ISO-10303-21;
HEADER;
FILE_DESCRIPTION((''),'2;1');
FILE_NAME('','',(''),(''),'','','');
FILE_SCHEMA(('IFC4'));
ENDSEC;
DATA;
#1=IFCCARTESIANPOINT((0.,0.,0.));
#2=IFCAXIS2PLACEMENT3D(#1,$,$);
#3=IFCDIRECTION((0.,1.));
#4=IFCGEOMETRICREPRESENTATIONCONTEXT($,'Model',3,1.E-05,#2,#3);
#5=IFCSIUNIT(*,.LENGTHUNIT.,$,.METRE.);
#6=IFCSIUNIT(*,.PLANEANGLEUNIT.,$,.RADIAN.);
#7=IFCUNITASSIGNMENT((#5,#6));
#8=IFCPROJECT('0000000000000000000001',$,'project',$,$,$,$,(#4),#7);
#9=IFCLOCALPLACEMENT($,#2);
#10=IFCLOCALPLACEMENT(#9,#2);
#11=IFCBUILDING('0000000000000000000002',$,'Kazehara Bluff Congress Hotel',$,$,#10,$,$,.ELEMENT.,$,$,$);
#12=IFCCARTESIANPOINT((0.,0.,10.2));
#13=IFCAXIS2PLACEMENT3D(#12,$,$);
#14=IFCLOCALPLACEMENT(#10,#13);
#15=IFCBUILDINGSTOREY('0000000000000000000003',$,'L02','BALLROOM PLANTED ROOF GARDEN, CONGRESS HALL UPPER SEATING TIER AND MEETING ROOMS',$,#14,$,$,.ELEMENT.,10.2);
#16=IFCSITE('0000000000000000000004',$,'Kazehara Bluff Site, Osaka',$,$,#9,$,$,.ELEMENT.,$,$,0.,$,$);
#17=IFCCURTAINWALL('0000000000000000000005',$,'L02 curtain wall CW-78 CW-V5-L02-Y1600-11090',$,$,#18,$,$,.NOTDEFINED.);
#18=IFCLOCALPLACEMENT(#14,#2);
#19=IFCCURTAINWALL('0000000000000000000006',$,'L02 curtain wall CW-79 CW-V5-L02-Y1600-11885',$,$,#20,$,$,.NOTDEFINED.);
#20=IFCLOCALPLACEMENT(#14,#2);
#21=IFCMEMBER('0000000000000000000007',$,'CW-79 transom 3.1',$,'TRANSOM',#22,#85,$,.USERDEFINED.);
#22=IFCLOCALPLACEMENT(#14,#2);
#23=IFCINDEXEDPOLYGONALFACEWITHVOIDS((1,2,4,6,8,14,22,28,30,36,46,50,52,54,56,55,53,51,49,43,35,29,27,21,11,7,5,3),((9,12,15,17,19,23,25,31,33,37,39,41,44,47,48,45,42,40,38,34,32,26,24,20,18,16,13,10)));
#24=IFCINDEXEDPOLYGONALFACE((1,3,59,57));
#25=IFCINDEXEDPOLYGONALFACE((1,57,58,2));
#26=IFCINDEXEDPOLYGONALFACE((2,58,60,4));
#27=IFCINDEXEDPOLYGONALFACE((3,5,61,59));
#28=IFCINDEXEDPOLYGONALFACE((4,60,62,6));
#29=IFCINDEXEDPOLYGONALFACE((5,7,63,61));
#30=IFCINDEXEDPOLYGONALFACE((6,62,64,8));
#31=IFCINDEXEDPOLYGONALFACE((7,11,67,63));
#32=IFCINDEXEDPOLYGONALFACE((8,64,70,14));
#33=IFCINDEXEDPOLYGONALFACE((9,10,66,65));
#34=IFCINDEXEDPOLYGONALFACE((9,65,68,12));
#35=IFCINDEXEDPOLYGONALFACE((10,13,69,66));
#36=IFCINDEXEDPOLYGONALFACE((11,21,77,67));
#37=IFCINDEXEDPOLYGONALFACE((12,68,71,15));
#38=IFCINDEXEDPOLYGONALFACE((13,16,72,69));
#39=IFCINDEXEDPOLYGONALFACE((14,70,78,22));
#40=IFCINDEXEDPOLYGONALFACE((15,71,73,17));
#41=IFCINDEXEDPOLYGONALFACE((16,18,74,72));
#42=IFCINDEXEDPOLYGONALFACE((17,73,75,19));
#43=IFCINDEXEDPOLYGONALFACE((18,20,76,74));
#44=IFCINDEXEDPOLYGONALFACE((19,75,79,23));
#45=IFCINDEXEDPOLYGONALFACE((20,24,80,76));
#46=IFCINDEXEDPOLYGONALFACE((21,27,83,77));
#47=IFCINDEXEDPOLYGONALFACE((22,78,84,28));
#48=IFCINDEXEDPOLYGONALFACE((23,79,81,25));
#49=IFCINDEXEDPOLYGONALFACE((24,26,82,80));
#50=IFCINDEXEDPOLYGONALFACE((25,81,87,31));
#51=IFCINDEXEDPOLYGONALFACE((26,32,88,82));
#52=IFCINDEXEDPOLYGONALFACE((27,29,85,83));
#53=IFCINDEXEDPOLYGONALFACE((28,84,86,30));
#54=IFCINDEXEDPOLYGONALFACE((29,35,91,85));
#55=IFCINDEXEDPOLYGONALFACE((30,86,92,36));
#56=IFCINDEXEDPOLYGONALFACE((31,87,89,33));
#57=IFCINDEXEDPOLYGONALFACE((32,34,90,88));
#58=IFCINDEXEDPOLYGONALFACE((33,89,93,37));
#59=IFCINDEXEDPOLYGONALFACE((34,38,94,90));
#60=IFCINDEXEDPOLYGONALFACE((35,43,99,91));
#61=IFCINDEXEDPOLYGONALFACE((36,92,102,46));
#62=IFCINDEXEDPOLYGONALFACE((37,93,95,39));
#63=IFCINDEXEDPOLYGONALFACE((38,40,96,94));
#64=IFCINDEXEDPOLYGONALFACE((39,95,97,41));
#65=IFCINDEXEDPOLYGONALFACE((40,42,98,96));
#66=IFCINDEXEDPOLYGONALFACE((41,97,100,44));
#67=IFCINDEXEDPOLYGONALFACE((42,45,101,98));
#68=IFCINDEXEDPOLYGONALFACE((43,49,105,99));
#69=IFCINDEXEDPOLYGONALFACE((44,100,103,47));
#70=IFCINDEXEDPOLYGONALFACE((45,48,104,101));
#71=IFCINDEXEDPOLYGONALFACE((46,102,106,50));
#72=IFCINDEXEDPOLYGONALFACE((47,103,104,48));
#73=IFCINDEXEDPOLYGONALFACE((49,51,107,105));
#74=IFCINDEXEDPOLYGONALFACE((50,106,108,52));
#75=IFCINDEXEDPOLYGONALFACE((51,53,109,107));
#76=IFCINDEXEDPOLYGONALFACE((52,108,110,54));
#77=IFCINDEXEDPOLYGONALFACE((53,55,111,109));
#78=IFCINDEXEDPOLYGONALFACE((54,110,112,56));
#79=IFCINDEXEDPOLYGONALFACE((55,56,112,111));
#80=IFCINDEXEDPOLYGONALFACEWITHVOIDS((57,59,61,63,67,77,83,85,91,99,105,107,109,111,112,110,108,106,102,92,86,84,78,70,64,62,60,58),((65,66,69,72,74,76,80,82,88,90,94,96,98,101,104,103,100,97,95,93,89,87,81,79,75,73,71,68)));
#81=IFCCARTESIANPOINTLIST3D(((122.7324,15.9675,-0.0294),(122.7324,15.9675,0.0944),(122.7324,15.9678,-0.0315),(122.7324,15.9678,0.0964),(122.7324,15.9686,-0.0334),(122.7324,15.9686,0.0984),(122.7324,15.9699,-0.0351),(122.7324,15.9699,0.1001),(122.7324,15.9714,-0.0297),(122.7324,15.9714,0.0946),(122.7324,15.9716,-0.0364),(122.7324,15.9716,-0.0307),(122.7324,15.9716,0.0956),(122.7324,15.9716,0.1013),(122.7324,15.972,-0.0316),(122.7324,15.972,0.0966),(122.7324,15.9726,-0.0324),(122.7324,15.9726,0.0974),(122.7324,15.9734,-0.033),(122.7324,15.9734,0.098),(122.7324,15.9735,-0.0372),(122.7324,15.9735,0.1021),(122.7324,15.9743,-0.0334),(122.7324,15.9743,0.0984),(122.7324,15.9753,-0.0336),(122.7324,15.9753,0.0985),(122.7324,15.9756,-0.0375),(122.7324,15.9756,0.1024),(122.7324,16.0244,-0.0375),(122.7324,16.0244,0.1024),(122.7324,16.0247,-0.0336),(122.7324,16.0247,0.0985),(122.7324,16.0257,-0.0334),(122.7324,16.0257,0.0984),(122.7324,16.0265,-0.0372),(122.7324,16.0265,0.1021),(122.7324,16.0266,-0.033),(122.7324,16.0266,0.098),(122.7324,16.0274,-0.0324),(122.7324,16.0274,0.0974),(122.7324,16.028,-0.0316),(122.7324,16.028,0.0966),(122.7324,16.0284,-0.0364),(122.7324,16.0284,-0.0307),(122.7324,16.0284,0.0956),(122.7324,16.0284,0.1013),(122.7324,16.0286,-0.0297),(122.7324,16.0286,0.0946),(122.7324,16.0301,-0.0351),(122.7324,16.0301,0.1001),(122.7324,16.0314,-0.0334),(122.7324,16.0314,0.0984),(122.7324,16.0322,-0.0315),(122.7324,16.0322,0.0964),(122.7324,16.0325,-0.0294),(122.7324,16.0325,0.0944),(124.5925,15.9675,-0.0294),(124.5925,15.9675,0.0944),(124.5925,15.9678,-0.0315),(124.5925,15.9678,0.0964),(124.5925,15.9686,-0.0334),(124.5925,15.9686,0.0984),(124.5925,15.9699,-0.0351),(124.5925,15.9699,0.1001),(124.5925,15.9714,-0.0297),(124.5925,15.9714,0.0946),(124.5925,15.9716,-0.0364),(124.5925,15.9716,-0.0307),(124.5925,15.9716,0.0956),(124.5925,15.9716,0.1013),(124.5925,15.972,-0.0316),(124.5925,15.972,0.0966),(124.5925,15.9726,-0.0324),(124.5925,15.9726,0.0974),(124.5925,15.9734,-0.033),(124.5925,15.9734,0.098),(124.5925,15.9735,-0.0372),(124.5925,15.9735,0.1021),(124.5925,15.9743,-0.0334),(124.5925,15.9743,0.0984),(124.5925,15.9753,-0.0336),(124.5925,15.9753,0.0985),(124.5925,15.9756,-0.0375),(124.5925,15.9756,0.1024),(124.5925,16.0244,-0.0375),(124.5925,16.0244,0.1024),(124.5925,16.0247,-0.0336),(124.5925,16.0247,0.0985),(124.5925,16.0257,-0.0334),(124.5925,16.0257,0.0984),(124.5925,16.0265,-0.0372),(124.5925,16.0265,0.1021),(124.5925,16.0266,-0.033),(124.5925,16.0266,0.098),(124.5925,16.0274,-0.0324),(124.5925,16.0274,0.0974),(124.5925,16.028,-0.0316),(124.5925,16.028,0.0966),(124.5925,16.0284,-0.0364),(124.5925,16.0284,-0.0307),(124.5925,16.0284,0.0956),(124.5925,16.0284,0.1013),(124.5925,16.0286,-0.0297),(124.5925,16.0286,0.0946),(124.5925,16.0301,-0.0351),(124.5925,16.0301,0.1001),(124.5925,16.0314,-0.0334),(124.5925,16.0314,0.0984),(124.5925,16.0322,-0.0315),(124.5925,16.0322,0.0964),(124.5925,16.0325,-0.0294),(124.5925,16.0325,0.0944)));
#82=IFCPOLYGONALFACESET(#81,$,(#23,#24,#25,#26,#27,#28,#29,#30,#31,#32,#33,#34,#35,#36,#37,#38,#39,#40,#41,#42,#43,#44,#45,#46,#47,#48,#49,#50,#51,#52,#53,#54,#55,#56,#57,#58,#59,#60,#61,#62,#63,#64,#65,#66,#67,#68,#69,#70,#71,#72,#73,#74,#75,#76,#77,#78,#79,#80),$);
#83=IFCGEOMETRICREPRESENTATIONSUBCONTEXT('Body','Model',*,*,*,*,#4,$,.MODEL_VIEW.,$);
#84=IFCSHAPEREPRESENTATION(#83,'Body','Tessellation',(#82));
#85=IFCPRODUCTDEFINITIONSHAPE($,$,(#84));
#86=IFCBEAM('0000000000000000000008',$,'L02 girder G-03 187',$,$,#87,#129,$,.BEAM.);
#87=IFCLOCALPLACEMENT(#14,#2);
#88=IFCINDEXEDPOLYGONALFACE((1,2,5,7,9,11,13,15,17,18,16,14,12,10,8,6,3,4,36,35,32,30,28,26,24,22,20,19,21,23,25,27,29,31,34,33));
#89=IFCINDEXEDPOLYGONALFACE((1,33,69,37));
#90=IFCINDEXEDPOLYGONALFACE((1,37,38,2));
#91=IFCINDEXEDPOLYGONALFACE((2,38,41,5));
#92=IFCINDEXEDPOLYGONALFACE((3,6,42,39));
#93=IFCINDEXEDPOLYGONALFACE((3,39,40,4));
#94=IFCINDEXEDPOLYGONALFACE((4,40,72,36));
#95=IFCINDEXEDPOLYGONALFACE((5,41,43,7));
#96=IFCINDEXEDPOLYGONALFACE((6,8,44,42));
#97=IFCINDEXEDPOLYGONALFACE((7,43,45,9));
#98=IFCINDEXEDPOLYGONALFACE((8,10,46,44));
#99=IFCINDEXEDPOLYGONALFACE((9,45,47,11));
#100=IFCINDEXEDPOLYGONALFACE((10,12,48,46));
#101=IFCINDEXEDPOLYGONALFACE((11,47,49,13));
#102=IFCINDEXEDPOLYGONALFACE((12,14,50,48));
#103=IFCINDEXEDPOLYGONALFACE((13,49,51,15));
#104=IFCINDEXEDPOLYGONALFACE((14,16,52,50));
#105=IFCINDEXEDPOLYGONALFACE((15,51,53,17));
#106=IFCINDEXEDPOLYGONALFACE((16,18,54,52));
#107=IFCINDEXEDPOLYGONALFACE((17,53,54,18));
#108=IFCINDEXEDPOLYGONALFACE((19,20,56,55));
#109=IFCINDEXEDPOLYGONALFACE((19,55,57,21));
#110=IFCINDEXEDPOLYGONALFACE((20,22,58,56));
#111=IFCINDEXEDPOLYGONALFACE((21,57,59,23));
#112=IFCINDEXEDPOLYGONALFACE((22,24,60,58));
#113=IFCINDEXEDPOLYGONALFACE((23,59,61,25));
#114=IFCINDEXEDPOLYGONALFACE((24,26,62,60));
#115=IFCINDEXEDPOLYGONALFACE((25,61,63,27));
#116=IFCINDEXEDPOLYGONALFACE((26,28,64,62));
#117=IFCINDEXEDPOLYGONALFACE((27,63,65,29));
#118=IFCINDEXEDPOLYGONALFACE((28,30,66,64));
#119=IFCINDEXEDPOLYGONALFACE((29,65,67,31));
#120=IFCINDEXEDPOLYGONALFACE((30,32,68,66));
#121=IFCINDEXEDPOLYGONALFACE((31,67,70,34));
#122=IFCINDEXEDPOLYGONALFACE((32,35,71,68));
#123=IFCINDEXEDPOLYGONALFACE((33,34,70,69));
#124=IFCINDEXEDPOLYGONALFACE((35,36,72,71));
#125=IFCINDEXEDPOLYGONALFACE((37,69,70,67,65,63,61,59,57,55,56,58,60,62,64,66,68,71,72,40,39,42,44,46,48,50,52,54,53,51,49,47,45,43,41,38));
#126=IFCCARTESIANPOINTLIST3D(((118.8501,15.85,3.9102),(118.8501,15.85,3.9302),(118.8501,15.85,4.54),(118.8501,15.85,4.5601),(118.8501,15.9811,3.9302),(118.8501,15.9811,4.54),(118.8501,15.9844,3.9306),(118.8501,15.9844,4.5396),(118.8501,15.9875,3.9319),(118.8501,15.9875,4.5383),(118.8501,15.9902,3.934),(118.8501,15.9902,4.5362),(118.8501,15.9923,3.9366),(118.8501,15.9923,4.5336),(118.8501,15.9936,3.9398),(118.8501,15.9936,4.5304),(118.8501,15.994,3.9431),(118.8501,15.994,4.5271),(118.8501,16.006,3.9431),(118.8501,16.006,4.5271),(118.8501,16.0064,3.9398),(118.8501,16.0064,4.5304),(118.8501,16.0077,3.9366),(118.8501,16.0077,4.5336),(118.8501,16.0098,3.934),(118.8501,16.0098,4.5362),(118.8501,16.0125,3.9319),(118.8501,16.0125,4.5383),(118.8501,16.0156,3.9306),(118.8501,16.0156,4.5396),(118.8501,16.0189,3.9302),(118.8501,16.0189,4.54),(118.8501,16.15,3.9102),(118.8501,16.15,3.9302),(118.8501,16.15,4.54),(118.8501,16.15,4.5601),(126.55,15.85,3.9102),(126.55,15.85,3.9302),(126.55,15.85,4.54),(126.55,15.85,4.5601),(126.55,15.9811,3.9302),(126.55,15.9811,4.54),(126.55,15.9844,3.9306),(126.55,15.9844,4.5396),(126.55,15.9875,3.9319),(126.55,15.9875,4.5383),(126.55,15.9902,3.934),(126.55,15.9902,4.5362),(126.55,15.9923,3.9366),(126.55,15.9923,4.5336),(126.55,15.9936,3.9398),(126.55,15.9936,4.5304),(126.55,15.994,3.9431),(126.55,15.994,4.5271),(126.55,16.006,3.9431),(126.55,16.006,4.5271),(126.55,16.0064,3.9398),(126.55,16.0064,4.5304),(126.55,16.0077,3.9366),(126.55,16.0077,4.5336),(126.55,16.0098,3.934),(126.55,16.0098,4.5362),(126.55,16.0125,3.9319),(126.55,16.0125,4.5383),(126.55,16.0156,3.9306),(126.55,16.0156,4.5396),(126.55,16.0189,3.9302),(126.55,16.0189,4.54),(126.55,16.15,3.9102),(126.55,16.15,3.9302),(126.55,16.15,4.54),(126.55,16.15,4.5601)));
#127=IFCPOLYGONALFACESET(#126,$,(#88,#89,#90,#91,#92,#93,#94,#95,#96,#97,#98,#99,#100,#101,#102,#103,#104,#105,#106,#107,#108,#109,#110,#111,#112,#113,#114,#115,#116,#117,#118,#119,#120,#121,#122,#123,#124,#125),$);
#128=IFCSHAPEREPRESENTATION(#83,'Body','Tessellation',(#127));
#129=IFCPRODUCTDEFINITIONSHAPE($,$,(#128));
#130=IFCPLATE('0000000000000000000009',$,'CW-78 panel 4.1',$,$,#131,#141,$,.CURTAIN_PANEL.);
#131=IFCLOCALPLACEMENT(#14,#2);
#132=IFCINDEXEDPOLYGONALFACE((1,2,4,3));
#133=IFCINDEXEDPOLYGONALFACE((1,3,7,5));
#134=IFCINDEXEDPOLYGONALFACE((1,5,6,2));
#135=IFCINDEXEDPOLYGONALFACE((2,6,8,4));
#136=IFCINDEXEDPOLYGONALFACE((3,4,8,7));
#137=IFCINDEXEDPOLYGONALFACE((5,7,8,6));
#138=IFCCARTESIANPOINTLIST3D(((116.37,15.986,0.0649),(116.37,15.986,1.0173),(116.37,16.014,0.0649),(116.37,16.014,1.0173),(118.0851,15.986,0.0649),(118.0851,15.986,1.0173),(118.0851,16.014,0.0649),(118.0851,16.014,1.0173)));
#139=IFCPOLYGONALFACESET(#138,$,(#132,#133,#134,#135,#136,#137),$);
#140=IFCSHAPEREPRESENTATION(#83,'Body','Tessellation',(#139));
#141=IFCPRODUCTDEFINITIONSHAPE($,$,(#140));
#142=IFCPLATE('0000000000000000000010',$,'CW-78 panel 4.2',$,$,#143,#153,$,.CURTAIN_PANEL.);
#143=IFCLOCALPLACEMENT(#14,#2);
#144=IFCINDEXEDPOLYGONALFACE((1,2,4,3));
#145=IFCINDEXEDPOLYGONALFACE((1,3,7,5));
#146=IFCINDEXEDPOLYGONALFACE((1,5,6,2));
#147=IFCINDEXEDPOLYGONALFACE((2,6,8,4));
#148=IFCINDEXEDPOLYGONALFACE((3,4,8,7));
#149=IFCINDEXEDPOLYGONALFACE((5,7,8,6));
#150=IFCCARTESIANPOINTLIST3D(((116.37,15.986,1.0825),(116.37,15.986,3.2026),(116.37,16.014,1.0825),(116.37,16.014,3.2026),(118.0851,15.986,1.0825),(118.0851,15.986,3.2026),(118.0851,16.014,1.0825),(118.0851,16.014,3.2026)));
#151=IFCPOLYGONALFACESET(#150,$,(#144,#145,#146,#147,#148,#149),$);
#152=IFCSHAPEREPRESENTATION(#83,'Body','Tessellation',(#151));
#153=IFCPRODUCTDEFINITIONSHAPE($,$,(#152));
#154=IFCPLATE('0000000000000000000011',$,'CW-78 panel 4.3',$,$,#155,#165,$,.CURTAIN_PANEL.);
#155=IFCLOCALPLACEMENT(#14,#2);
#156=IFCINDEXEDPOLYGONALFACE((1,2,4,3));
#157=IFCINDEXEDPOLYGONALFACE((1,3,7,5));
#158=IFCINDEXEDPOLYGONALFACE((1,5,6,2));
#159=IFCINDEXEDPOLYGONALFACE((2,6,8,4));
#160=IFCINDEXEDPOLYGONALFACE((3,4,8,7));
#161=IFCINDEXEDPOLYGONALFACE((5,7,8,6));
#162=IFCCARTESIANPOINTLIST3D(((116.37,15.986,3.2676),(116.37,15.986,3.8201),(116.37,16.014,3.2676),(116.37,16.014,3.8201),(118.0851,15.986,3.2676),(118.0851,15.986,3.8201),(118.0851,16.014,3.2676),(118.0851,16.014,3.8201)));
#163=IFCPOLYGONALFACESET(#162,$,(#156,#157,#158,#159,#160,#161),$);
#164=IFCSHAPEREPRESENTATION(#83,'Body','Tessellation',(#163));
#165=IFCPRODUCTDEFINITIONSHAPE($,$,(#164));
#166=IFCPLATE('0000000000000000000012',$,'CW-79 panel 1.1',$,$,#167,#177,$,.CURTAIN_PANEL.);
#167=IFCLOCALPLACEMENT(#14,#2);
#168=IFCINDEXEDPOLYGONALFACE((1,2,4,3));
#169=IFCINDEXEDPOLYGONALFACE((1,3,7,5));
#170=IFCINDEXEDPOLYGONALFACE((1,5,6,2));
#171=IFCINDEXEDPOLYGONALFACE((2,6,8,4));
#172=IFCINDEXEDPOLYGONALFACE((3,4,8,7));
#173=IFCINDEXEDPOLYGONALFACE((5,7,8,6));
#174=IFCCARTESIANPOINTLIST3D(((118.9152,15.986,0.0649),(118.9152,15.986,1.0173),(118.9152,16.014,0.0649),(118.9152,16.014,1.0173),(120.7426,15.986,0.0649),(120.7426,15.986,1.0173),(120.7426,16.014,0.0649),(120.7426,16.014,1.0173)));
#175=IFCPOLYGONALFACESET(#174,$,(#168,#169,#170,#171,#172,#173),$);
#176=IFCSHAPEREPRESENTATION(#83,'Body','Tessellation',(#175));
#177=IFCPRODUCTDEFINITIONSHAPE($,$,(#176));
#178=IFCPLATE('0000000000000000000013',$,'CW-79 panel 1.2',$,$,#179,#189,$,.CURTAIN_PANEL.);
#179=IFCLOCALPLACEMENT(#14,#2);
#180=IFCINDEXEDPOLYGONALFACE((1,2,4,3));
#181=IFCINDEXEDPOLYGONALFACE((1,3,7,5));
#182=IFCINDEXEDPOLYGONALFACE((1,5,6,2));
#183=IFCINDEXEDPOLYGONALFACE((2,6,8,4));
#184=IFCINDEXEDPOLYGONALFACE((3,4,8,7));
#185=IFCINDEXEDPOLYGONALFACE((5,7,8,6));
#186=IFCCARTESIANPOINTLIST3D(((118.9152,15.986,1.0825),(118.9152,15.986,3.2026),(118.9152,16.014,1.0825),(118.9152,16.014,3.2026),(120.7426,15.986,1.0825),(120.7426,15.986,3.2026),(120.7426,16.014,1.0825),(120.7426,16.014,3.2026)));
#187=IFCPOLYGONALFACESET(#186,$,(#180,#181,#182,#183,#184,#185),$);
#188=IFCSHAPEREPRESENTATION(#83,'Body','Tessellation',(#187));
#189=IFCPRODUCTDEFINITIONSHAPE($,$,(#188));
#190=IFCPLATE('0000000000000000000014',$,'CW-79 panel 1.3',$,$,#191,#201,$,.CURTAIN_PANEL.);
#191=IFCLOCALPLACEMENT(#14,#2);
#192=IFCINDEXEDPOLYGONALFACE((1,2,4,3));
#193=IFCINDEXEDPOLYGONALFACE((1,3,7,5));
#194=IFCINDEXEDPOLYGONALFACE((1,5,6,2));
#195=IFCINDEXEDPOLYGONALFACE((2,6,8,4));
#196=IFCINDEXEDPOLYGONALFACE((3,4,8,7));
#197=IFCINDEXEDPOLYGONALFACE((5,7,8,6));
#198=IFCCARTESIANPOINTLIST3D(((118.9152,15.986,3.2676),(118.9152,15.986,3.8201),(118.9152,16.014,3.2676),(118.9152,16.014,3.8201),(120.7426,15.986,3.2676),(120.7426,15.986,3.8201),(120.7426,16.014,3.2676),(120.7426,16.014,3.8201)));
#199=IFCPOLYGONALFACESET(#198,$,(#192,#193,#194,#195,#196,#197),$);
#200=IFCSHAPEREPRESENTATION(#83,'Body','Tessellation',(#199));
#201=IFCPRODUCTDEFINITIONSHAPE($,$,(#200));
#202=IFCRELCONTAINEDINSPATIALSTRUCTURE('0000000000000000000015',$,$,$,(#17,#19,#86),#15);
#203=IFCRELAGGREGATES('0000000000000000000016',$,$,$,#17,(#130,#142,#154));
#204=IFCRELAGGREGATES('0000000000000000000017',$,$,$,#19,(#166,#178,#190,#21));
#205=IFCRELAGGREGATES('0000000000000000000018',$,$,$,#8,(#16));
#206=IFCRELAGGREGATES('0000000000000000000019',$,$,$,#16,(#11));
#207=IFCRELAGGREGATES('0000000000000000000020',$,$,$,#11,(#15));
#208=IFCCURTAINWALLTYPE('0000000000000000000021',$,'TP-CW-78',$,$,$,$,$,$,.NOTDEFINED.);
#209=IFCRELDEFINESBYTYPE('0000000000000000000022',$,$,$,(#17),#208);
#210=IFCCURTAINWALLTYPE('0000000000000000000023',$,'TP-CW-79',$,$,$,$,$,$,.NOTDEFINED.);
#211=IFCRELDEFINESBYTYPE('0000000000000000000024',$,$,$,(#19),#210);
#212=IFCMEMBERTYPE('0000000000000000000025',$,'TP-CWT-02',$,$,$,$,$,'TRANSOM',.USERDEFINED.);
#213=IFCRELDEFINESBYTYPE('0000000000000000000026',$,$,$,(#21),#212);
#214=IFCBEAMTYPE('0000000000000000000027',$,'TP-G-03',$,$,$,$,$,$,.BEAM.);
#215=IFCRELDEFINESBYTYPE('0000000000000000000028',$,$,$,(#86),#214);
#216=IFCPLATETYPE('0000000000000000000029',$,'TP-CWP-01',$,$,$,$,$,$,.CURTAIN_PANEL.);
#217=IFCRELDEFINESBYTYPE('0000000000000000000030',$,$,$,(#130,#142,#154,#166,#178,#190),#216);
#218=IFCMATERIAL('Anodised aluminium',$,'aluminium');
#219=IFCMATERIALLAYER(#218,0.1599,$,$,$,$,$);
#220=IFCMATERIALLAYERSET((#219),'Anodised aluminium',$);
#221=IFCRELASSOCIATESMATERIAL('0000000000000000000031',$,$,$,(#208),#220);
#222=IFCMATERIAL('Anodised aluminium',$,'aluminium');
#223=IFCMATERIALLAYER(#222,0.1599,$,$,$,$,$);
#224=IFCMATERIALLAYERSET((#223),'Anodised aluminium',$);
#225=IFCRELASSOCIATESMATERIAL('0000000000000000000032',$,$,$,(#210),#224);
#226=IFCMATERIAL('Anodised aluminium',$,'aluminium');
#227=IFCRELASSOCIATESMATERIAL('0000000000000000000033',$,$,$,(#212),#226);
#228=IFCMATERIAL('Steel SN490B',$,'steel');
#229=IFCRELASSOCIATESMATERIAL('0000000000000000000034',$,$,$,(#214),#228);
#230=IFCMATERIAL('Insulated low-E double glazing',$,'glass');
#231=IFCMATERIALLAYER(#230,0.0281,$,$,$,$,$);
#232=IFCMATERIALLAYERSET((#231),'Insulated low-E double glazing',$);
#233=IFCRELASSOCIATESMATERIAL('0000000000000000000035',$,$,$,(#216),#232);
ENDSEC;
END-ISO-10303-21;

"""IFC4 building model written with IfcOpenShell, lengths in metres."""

from ifc_helpers import new_model, si_unit, direction, frame, origin, origin_2d, place, context, subcontext, project, spatial, rectangle, hollow_rectangle, i_section, extrude, material, layer, layer_set, material_profile, profile_set, type_object, element, aggregate, save


model = new_model("IFC4")

# Units and contexts
model_context = context("Model", 3, precision=1e-05, world=origin(), true_north=direction((0.0, 1.0)))
body_context = subcontext(model_context, "Body", "Model", "MODEL_VIEW")
ifc_project = project(units=[si_unit("LENGTHUNIT", "METRE"), si_unit("PLANEANGLEUNIT", "RADIAN")], contexts=[model_context])

# Site, building, storey
site_placement = place(None, origin())
site = spatial("IfcSite", under=ifc_project, at=site_placement, Name="Kazehara Bluff Site, Osaka", CompositionType="ELEMENT", RefElevation=0.0)
building_placement = place(site_placement, origin())
building = spatial("IfcBuilding", under=site, at=building_placement, Name="Kazehara Bluff Congress Hotel", CompositionType="ELEMENT")
storey_placement = place(building_placement, frame((0.0, 0.0, 10.2)))
storey = spatial("IfcBuildingStorey", under=building, at=storey_placement, Name="L02", Description="BALLROOM PLANTED ROOF GARDEN, CONGRESS HALL UPPER SEATING TIER AND MEETING ROOMS", CompositionType="ELEMENT", Elevation=10.2)

# Curtain wall
ifc_material_1 = material(Name="Anodised aluminium", Category="aluminium")
ifc_layer_1 = layer(ifc_material_1, 0.1599)
ifc_layer_set_1 = layer_set([ifc_layer_1], Name="Anodised aluminium")
curtain_wall_type_1 = type_object("IfcCurtainWallType", Name="TP-CW-78", PredefinedType="NOTDEFINED", material=ifc_layer_set_1)
curtain_wall_1_placement = place(storey_placement, origin())
curtain_wall_1 = element("IfcCurtainWall", 1, at=curtain_wall_1_placement, inside=storey, type_object=curtain_wall_type_1, Name="L02 curtain wall CW-78 CW-V5-L02-Y1600-11090", PredefinedType="NOTDEFINED")

# Curtain wall
ifc_material_2 = material(Name="Anodised aluminium", Category="aluminium")
ifc_layer_2 = layer(ifc_material_2, 0.1599)
ifc_layer_set_2 = layer_set([ifc_layer_2], Name="Anodised aluminium")
curtain_wall_type_2 = type_object("IfcCurtainWallType", Name="TP-CW-79", PredefinedType="NOTDEFINED", material=ifc_layer_set_2)
curtain_wall_2_placement = place(storey_placement, origin())
curtain_wall_2 = element("IfcCurtainWall", 2, at=curtain_wall_2_placement, inside=storey, type_object=curtain_wall_type_2, Name="L02 curtain wall CW-79 CW-V5-L02-Y1600-11885", PredefinedType="NOTDEFINED")

# Member
ifc_material_3 = material(Name="Anodised aluminium", Category="aluminium")
ifc_material_profile_1 = material_profile(ifc_material_3, hollow_rectangle(XDim=0.0649, YDim=0.1399, WallThickness=0.0039, InnerFilletRadius=0.0039, OuterFilletRadius=0.0081, at=origin_2d()))
ifc_profile_set_1 = profile_set([ifc_material_profile_1], Name="Anodised aluminium")
member_type_1 = type_object("IfcMemberType", Name="TP-CWT-02", ElementType="TRANSOM", PredefinedType="USERDEFINED", material=ifc_profile_set_1)
member_1_placement = place(storey_placement, frame((122.7324, 16.0, 0.0325), z_axis=(1.0, 0.0, 0.0), x_axis=(0.0, 1.0, 0.0)))
member_1 = element("IfcMember", 3, at=member_1_placement, type_object=member_type_1, Name="CW-79 transom 3.1", ObjectType="TRANSOM", PredefinedType="USERDEFINED", context=body_context, shape_type="SweptSolid", body=[
    extrude(hollow_rectangle(XDim=0.0649, YDim=0.1399, WallThickness=0.0039, InnerFilletRadius=0.0039, OuterFilletRadius=0.0081, at=origin_2d()), origin(), (0.0, 0.0, 1.0), 1.8601),
])

# Beam
ifc_material_4 = material(Name="Steel SN490B", Category="steel")
ifc_material_profile_2 = material_profile(ifc_material_4, i_section(OverallWidth=0.3, OverallDepth=0.6499, WebThickness=0.012, FlangeThickness=0.02, FilletRadius=0.0129, at=origin_2d()))
ifc_profile_set_2 = profile_set([ifc_material_profile_2], Name="Steel SN490B")
beam_type = type_object("IfcBeamType", Name="TP-G-03", PredefinedType="BEAM", material=ifc_profile_set_2)
beam_placement = place(storey_placement, frame((118.8501, 16.0, 4.2351), z_axis=(1.0, 0.0, 0.0), x_axis=(0.0, 1.0, 0.0)))
element("IfcBeam", 4, at=beam_placement, inside=storey, type_object=beam_type, Name="L02 girder G-03 187", PredefinedType="BEAM", context=body_context, shape_type="SweptSolid", body=[
    extrude(i_section(OverallWidth=0.3, OverallDepth=0.6499, WebThickness=0.012, FlangeThickness=0.02, FilletRadius=0.0129, at=origin_2d()), origin(), (0.0, 0.0, 1.0), 7.7),
])

# Plates
ifc_material_5 = material(Name="Insulated low-E double glazing", Category="glass")
ifc_layer_3 = layer(ifc_material_5, 0.0281)
ifc_layer_set_3 = layer_set([ifc_layer_3], Name="Insulated low-E double glazing")
plate_type = type_object("IfcPlateType", Name="TP-CWP-01", PredefinedType="CURTAIN_PANEL", material=ifc_layer_set_3)
plate_1_placement = place(storey_placement, frame((117.2275, 16.0, 0.0649), z_axis=(0.0, 0.0, 1.0), x_axis=(1.0, 0.0, 0.0)))
plate_1 = element("IfcPlate", 5, at=plate_1_placement, type_object=plate_type, Name="CW-78 panel 4.1", PredefinedType="CURTAIN_PANEL", context=body_context, shape_type="SweptSolid", body=[
    extrude(rectangle(XDim=1.7151, YDim=0.0281, at=origin_2d()), origin(), (0.0, 0.0, 1.0), 0.9524),
])
plate_2_placement = place(storey_placement, frame((117.2275, 16.0, 1.0825), z_axis=(0.0, 0.0, 1.0), x_axis=(1.0, 0.0, 0.0)))
plate_2 = element("IfcPlate", 6, at=plate_2_placement, type_object=plate_type, Name="CW-78 panel 4.2", PredefinedType="CURTAIN_PANEL", context=body_context, shape_type="SweptSolid", body=[
    extrude(rectangle(XDim=1.7151, YDim=0.0281, at=origin_2d()), origin(), (0.0, 0.0, 1.0), 2.1201),
])
plate_3_placement = place(storey_placement, frame((117.2275, 16.0, 3.2676), z_axis=(0.0, 0.0, 1.0), x_axis=(1.0, 0.0, 0.0)))
plate_3 = element("IfcPlate", 7, at=plate_3_placement, type_object=plate_type, Name="CW-78 panel 4.3", PredefinedType="CURTAIN_PANEL", context=body_context, shape_type="SweptSolid", body=[
    extrude(rectangle(XDim=1.7151, YDim=0.0281, at=origin_2d()), origin(), (0.0, 0.0, 1.0), 0.5525),
])
aggregate(curtain_wall_1, [plate_1, plate_2, plate_3])
plate_4_placement = place(storey_placement, frame((119.8289, 16.0, 0.0649), z_axis=(0.0, 0.0, 1.0), x_axis=(1.0, 0.0, 0.0)))
plate_4 = element("IfcPlate", 8, at=plate_4_placement, type_object=plate_type, Name="CW-79 panel 1.1", PredefinedType="CURTAIN_PANEL", context=body_context, shape_type="SweptSolid", body=[
    extrude(rectangle(XDim=1.8274, YDim=0.0281, at=origin_2d()), origin(), (0.0, 0.0, 1.0), 0.9524),
])
plate_5_placement = place(storey_placement, frame((119.8289, 16.0, 1.0825), z_axis=(0.0, 0.0, 1.0), x_axis=(1.0, 0.0, 0.0)))
plate_5 = element("IfcPlate", 9, at=plate_5_placement, type_object=plate_type, Name="CW-79 panel 1.2", PredefinedType="CURTAIN_PANEL", context=body_context, shape_type="SweptSolid", body=[
    extrude(rectangle(XDim=1.8274, YDim=0.0281, at=origin_2d()), origin(), (0.0, 0.0, 1.0), 2.1201),
])
plate_6_placement = place(storey_placement, frame((119.8289, 16.0, 3.2676), z_axis=(0.0, 0.0, 1.0), x_axis=(1.0, 0.0, 0.0)))
plate_6 = element("IfcPlate", 10, at=plate_6_placement, type_object=plate_type, Name="CW-79 panel 1.3", PredefinedType="CURTAIN_PANEL", context=body_context, shape_type="SweptSolid", body=[
    extrude(rectangle(XDim=1.8274, YDim=0.0281, at=origin_2d()), origin(), (0.0, 0.0, 1.0), 0.5525),
])
aggregate(curtain_wall_2, [plate_4, plate_5, plate_6, member_1])

save(model, "model.ifc")
